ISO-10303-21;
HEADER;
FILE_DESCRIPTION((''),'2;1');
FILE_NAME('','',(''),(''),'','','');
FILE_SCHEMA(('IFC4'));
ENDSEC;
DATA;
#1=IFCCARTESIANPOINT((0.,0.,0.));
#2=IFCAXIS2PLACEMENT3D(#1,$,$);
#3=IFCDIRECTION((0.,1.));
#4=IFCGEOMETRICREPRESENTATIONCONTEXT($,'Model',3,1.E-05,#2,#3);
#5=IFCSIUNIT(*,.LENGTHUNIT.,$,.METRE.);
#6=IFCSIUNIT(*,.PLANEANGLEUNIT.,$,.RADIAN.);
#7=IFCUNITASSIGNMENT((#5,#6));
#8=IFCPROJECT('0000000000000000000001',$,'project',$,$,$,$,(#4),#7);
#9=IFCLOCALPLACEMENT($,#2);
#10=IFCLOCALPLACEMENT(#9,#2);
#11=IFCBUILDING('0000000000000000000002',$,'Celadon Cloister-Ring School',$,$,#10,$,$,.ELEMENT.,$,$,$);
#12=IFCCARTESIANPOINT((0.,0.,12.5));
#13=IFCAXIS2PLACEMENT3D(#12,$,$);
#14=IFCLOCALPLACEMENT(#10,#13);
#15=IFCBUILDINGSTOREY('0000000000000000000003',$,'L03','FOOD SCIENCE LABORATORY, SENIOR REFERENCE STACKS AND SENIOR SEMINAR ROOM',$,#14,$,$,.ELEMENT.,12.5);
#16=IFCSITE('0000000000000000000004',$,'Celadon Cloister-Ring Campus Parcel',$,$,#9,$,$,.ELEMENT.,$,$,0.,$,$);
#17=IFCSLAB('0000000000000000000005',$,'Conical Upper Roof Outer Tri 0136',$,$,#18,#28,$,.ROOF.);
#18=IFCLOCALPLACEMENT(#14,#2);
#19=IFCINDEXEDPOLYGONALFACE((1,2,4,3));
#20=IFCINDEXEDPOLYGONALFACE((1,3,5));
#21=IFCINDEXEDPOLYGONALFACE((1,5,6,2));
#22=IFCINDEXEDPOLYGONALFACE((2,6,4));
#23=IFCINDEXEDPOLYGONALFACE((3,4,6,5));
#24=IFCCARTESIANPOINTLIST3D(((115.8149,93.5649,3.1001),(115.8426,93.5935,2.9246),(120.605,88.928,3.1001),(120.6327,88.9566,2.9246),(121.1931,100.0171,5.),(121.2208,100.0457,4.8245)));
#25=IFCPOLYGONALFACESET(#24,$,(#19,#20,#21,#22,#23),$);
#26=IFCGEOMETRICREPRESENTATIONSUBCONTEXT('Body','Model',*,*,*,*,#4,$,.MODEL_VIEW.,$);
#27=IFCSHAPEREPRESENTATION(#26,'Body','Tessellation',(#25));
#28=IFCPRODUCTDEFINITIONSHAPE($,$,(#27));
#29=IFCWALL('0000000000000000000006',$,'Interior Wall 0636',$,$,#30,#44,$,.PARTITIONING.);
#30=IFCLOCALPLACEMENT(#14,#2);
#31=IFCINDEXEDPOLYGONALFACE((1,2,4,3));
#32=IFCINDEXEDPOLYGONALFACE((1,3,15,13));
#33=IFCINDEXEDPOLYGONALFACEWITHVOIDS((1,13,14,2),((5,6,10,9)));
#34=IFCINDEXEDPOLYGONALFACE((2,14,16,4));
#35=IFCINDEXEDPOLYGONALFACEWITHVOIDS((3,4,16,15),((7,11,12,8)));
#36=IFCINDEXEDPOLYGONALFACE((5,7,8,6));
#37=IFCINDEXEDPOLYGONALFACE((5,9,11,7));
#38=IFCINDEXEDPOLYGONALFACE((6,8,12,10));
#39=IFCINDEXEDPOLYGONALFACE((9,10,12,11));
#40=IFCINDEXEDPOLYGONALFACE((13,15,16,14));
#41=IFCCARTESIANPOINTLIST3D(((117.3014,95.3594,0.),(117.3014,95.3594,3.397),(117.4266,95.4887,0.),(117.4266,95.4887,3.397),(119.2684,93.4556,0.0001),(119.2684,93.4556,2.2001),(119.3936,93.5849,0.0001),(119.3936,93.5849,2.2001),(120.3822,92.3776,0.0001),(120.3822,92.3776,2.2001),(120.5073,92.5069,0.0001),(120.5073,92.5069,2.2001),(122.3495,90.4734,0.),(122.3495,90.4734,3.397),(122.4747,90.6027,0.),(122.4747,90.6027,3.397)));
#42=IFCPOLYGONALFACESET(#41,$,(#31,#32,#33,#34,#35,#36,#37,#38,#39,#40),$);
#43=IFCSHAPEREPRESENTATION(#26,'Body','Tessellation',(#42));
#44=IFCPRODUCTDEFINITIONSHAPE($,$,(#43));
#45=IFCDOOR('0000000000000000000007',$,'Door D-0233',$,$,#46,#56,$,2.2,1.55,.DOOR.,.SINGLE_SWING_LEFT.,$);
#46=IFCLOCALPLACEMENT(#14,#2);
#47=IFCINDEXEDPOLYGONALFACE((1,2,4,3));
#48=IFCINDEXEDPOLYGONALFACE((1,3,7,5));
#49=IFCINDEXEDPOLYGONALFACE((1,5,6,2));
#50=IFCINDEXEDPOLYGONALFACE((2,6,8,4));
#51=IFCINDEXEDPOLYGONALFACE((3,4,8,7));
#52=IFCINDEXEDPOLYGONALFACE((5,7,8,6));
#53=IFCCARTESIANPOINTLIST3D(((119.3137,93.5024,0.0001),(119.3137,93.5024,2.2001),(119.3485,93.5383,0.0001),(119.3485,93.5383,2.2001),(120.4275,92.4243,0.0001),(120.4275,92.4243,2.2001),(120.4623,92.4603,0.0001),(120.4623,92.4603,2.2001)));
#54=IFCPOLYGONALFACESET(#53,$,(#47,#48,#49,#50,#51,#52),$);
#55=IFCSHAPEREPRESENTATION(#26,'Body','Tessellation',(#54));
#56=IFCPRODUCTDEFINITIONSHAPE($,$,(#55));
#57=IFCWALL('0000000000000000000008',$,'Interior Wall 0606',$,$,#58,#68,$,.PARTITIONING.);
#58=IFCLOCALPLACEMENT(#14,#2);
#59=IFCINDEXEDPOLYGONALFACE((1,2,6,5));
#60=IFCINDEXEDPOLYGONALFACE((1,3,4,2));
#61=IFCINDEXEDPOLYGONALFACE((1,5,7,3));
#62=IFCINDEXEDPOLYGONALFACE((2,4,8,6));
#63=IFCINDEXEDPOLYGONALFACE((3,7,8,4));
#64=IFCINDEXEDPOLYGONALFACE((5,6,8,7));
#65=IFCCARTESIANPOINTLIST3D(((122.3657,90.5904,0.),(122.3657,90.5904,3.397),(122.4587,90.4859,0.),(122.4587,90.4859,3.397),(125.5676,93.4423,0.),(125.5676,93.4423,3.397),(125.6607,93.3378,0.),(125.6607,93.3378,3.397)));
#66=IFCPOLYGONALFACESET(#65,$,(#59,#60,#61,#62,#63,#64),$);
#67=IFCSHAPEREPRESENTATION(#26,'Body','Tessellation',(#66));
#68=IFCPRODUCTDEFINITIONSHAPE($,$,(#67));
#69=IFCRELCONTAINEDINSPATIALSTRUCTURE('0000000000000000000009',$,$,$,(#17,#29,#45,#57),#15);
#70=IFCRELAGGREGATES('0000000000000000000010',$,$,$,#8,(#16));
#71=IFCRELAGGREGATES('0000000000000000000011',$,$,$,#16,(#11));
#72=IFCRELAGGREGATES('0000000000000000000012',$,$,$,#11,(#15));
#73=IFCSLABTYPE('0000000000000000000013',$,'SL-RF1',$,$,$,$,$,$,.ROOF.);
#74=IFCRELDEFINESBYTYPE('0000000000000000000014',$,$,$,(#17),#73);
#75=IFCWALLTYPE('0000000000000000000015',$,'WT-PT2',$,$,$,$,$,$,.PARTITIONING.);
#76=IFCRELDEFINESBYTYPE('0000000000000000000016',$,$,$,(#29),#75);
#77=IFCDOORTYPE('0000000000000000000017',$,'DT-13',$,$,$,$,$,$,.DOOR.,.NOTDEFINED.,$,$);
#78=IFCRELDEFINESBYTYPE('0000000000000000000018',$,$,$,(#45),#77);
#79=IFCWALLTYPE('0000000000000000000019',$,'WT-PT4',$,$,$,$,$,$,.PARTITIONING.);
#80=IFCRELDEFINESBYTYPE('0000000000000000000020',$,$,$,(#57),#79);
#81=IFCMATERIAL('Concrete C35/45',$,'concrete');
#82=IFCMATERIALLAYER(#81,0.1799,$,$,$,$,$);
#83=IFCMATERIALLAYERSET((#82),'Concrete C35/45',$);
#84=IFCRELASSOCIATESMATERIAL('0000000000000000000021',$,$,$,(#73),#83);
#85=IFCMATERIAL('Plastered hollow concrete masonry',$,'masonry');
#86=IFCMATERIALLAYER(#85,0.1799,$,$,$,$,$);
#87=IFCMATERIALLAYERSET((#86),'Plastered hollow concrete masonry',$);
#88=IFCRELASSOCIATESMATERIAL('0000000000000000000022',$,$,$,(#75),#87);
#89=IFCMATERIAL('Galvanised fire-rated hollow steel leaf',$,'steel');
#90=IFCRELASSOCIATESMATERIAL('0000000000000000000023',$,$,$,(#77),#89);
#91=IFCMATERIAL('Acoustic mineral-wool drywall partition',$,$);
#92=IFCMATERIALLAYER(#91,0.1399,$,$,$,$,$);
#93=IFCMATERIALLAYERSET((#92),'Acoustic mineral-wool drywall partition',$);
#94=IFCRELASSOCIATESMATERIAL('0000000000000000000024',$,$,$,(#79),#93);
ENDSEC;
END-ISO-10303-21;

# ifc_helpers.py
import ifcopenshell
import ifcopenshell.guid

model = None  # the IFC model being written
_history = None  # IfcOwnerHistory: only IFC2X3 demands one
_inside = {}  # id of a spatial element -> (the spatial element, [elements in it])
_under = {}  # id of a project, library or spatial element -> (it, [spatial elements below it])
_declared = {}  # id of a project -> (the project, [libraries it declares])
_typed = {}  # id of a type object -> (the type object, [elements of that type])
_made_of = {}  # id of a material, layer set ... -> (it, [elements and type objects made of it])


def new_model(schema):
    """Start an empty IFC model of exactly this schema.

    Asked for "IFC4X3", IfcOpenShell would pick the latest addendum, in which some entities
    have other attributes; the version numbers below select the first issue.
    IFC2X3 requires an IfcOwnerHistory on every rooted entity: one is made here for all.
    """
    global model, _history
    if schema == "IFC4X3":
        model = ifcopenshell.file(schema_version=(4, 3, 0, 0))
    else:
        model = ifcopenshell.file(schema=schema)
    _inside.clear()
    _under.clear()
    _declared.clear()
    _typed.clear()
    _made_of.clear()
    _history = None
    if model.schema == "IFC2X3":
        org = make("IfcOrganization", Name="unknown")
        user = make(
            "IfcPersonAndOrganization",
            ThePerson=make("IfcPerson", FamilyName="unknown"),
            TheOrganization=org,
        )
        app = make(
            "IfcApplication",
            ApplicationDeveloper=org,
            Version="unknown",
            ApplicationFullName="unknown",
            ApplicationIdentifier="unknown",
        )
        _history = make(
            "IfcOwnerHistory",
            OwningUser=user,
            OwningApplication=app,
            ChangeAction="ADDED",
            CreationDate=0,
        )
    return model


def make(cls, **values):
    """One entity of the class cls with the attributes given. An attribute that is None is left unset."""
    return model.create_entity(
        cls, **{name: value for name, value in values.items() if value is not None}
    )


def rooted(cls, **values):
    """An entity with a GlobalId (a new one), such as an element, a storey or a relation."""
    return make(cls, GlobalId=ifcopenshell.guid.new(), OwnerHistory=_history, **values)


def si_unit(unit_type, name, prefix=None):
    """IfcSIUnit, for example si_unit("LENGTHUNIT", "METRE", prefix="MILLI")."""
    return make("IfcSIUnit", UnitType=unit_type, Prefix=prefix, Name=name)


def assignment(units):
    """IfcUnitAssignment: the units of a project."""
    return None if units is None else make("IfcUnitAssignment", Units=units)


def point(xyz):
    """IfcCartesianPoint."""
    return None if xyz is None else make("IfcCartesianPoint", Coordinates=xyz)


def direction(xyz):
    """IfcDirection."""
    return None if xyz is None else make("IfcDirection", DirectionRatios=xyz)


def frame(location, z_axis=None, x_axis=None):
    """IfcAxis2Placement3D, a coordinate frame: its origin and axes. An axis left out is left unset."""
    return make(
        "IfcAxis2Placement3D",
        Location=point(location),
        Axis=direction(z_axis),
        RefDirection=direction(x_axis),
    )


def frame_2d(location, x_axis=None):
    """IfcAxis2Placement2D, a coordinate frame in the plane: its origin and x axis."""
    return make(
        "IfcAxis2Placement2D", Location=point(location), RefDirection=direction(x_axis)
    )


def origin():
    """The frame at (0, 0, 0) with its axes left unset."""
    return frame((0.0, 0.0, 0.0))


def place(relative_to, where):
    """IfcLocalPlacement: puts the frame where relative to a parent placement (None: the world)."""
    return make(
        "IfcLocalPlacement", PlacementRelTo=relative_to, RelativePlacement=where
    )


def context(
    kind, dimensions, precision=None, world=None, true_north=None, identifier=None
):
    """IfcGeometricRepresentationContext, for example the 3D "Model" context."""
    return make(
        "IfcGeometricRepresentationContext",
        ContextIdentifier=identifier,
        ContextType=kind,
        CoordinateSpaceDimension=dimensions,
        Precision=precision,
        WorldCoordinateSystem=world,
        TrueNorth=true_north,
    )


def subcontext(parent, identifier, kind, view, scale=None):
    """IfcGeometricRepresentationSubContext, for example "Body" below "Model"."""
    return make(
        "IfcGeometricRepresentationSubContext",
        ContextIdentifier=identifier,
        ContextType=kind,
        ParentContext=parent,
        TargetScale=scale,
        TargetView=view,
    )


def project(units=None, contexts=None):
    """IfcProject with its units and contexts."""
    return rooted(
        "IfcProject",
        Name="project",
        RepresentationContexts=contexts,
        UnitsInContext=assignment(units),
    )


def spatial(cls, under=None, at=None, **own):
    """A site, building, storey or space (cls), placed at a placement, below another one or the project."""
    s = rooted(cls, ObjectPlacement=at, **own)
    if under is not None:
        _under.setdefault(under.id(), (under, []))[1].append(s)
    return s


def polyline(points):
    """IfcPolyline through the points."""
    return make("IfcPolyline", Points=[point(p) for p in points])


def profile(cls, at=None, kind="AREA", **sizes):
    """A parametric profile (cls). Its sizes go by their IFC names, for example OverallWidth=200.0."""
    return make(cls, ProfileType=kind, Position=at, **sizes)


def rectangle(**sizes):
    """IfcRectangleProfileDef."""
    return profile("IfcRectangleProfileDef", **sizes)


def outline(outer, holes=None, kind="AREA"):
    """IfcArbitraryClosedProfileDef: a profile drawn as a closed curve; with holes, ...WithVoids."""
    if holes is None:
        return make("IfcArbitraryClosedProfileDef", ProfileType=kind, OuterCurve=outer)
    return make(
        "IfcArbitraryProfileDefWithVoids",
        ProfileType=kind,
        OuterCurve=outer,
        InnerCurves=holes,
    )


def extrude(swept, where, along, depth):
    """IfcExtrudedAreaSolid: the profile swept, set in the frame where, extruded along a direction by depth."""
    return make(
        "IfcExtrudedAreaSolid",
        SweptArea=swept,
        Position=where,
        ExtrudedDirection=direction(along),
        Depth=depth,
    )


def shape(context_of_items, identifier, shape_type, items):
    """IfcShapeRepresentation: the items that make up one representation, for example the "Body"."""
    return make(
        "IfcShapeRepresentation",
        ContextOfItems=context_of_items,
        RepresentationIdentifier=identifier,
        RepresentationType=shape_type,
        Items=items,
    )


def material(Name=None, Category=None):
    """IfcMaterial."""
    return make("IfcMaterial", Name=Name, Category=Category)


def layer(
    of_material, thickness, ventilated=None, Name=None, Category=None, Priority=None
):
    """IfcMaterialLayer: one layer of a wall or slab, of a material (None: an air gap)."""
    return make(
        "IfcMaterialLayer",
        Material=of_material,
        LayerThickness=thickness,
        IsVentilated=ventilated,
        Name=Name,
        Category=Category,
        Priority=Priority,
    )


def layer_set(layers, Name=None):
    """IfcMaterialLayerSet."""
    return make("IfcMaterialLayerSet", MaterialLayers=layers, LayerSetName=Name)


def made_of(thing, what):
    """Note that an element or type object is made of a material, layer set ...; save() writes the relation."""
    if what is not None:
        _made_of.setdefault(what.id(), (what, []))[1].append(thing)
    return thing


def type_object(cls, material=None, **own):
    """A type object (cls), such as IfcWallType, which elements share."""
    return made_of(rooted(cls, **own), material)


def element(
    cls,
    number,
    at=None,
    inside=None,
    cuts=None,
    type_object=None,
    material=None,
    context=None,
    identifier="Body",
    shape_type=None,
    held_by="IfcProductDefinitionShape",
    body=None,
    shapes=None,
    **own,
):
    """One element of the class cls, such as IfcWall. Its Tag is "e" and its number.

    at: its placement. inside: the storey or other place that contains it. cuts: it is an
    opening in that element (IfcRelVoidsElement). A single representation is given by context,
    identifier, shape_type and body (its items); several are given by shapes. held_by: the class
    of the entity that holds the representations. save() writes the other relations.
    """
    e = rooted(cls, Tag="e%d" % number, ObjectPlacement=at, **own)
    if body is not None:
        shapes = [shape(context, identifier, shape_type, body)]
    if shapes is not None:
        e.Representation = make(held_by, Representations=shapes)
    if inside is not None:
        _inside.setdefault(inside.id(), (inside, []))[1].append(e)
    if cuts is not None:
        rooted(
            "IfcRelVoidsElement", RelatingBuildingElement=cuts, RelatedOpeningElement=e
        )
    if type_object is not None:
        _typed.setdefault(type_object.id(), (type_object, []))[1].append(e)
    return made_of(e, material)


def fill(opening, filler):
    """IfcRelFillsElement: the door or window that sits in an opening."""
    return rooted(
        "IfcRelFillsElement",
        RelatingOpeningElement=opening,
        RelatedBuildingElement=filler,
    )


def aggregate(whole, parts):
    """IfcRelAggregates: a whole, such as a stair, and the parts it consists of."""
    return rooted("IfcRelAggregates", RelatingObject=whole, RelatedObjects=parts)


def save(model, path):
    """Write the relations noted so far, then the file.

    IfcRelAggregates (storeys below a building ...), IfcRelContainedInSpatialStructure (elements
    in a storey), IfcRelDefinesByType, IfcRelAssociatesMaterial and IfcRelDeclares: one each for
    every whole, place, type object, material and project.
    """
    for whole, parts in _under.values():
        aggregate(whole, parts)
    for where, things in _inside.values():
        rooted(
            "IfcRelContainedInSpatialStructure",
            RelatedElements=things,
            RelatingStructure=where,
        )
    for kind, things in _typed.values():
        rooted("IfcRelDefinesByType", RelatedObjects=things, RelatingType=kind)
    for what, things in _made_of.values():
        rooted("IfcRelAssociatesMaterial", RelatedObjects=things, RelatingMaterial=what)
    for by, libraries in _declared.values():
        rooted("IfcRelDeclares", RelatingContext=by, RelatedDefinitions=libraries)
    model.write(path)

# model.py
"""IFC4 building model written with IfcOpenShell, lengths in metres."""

from ifc_helpers import new_model, si_unit, direction, frame, frame_2d, origin, place, context, subcontext, project, spatial, polyline, rectangle, outline, extrude, material, layer, layer_set, type_object, element, fill, save


model = new_model("IFC4")

# Units and contexts
model_context = context("Model", 3, precision=1e-05, world=origin(), true_north=direction((0.0, 1.0)))
body_context = subcontext(model_context, "Body", "Model", "MODEL_VIEW")
ifc_project = project(units=[si_unit("LENGTHUNIT", "METRE"), si_unit("PLANEANGLEUNIT", "RADIAN")], contexts=[model_context])

# Site, building, storey
site_placement = place(None, origin())
site = spatial("IfcSite", under=ifc_project, at=site_placement, Name="Celadon Cloister-Ring Campus Parcel", CompositionType="ELEMENT", RefElevation=0.0)
building_placement = place(site_placement, origin())
building = spatial("IfcBuilding", under=site, at=building_placement, Name="Celadon Cloister-Ring School", CompositionType="ELEMENT")
storey_placement = place(building_placement, frame((0.0, 0.0, 12.5)))
storey = spatial("IfcBuildingStorey", under=building, at=storey_placement, Name="L03", Description="FOOD SCIENCE LABORATORY, SENIOR REFERENCE STACKS AND SENIOR SEMINAR ROOM", CompositionType="ELEMENT", Elevation=12.5)

# Slab
ifc_material_1 = material(Name="Concrete C35/45", Category="concrete")
ifc_layer_1 = layer(ifc_material_1, 0.1799)
ifc_layer_set_1 = layer_set([ifc_layer_1], Name="Concrete C35/45")
slab_type = type_object("IfcSlabType", Name="SL-RF1", PredefinedType="ROOF", material=ifc_layer_set_1)
slab_1_placement = place(storey_placement, frame((120.605, 88.928, 3.1001), z_axis=(-0.153848, -0.158927, 0.97523), x_axis=(0.052204, 0.984294, 0.16864)))
element("IfcSlab", 1, at=slab_1_placement, inside=storey, type_object=slab_type, Name="Conical Upper Roof Outer Tri 0136", PredefinedType="ROOF", context=body_context, shape_type="SweptSolid", body=[
    extrude(outline(polyline([(0.0, 0.0), (11.2661, 0.0), (4.3141, 5.0828), (0.0, 0.0)])), origin(), (0.0, 0.0, -1.0), 0.1799),
])

# Wall, opening, door
ifc_material_2 = material(Name="Plastered hollow concrete masonry", Category="masonry")
ifc_layer_2 = layer(ifc_material_2, 0.1799)
ifc_layer_set_2 = layer_set([ifc_layer_2], Name="Plastered hollow concrete masonry")
wall_type_1 = type_object("IfcWallType", Name="WT-PT2", PredefinedType="PARTITIONING", material=ifc_layer_set_2)
wall_1_placement = place(storey_placement, frame((122.4121, 90.5381, 0.0), z_axis=(0.0, 0.0, 1.0), x_axis=(-0.71855, 0.695475, 0.0)))
wall_1 = element("IfcWall", 2, at=wall_1_placement, inside=storey, type_object=wall_type_1, Name="Interior Wall 0636", PredefinedType="PARTITIONING", context=body_context, shape_type="SweptSolid", body=[
    extrude(rectangle(XDim=7.0254, YDim=0.1799, at=frame_2d((3.5127, 0.0))), origin(), (0.0, 0.0, 1.0), 3.397),
])
opening_placement = place(wall_1_placement, frame((2.738, 0.0, 0.0)))
opening = element("IfcOpeningElement", 3, at=opening_placement, cuts=wall_1, PredefinedType="OPENING", context=body_context, shape_type="SweptSolid", body=[
    extrude(rectangle(XDim=1.55, YDim=2.2, at=frame_2d((0.7749, 1.1001))), frame((0.0, 0.1001, 0.0), z_axis=(0.0, -1.0, 0.0), x_axis=(1.0, 0.0, 0.0)), (0.0, 0.0, 1.0), 0.2),
])
ifc_material_3 = material(Name="Galvanised fire-rated hollow steel leaf", Category="steel")
door_type = type_object("IfcDoorType", Name="DT-13", OperationType="NOTDEFINED", PredefinedType="DOOR", material=ifc_material_3)
door_placement = place(opening_placement, origin())
door = element("IfcDoor", 4, at=door_placement, inside=storey, type_object=door_type, Name="Door D-0233", OperationType="SINGLE_SWING_LEFT", OverallHeight=2.2, OverallWidth=1.55, PredefinedType="DOOR", context=body_context, shape_type="SweptSolid", body=[
    extrude(rectangle(XDim=1.55, YDim=2.2, at=frame_2d((0.7749, 1.1001))), frame((0.0, 0.0249, 0.0), z_axis=(0.0, -1.0, 0.0), x_axis=(1.0, 0.0, 0.0)), (0.0, 0.0, 1.0), 0.05),
])
fill(opening, door)

# Wall
ifc_material_4 = material(Name="Acoustic mineral-wool drywall partition")
ifc_layer_3 = layer(ifc_material_4, 0.1399)
ifc_layer_set_3 = layer_set([ifc_layer_3], Name="Acoustic mineral-wool drywall partition")
wall_type_2 = type_object("IfcWallType", Name="WT-PT4", PredefinedType="PARTITIONING", material=ifc_layer_set_3)
wall_2_placement = place(storey_placement, frame((122.4121, 90.5381, 0.0), z_axis=(0.0, 0.0, 1.0), x_axis=(0.746752, 0.665102, 0.0)))
element("IfcWall", 5, at=wall_2_placement, inside=storey, type_object=wall_type_2, Name="Interior Wall 0606", PredefinedType="PARTITIONING", context=body_context, shape_type="SweptSolid", body=[
    extrude(rectangle(XDim=4.2878, YDim=0.1399, at=frame_2d((2.144, 0.0))), origin(), (0.0, 0.0, 1.0), 3.397),
])

save(model, "model.ifc")
